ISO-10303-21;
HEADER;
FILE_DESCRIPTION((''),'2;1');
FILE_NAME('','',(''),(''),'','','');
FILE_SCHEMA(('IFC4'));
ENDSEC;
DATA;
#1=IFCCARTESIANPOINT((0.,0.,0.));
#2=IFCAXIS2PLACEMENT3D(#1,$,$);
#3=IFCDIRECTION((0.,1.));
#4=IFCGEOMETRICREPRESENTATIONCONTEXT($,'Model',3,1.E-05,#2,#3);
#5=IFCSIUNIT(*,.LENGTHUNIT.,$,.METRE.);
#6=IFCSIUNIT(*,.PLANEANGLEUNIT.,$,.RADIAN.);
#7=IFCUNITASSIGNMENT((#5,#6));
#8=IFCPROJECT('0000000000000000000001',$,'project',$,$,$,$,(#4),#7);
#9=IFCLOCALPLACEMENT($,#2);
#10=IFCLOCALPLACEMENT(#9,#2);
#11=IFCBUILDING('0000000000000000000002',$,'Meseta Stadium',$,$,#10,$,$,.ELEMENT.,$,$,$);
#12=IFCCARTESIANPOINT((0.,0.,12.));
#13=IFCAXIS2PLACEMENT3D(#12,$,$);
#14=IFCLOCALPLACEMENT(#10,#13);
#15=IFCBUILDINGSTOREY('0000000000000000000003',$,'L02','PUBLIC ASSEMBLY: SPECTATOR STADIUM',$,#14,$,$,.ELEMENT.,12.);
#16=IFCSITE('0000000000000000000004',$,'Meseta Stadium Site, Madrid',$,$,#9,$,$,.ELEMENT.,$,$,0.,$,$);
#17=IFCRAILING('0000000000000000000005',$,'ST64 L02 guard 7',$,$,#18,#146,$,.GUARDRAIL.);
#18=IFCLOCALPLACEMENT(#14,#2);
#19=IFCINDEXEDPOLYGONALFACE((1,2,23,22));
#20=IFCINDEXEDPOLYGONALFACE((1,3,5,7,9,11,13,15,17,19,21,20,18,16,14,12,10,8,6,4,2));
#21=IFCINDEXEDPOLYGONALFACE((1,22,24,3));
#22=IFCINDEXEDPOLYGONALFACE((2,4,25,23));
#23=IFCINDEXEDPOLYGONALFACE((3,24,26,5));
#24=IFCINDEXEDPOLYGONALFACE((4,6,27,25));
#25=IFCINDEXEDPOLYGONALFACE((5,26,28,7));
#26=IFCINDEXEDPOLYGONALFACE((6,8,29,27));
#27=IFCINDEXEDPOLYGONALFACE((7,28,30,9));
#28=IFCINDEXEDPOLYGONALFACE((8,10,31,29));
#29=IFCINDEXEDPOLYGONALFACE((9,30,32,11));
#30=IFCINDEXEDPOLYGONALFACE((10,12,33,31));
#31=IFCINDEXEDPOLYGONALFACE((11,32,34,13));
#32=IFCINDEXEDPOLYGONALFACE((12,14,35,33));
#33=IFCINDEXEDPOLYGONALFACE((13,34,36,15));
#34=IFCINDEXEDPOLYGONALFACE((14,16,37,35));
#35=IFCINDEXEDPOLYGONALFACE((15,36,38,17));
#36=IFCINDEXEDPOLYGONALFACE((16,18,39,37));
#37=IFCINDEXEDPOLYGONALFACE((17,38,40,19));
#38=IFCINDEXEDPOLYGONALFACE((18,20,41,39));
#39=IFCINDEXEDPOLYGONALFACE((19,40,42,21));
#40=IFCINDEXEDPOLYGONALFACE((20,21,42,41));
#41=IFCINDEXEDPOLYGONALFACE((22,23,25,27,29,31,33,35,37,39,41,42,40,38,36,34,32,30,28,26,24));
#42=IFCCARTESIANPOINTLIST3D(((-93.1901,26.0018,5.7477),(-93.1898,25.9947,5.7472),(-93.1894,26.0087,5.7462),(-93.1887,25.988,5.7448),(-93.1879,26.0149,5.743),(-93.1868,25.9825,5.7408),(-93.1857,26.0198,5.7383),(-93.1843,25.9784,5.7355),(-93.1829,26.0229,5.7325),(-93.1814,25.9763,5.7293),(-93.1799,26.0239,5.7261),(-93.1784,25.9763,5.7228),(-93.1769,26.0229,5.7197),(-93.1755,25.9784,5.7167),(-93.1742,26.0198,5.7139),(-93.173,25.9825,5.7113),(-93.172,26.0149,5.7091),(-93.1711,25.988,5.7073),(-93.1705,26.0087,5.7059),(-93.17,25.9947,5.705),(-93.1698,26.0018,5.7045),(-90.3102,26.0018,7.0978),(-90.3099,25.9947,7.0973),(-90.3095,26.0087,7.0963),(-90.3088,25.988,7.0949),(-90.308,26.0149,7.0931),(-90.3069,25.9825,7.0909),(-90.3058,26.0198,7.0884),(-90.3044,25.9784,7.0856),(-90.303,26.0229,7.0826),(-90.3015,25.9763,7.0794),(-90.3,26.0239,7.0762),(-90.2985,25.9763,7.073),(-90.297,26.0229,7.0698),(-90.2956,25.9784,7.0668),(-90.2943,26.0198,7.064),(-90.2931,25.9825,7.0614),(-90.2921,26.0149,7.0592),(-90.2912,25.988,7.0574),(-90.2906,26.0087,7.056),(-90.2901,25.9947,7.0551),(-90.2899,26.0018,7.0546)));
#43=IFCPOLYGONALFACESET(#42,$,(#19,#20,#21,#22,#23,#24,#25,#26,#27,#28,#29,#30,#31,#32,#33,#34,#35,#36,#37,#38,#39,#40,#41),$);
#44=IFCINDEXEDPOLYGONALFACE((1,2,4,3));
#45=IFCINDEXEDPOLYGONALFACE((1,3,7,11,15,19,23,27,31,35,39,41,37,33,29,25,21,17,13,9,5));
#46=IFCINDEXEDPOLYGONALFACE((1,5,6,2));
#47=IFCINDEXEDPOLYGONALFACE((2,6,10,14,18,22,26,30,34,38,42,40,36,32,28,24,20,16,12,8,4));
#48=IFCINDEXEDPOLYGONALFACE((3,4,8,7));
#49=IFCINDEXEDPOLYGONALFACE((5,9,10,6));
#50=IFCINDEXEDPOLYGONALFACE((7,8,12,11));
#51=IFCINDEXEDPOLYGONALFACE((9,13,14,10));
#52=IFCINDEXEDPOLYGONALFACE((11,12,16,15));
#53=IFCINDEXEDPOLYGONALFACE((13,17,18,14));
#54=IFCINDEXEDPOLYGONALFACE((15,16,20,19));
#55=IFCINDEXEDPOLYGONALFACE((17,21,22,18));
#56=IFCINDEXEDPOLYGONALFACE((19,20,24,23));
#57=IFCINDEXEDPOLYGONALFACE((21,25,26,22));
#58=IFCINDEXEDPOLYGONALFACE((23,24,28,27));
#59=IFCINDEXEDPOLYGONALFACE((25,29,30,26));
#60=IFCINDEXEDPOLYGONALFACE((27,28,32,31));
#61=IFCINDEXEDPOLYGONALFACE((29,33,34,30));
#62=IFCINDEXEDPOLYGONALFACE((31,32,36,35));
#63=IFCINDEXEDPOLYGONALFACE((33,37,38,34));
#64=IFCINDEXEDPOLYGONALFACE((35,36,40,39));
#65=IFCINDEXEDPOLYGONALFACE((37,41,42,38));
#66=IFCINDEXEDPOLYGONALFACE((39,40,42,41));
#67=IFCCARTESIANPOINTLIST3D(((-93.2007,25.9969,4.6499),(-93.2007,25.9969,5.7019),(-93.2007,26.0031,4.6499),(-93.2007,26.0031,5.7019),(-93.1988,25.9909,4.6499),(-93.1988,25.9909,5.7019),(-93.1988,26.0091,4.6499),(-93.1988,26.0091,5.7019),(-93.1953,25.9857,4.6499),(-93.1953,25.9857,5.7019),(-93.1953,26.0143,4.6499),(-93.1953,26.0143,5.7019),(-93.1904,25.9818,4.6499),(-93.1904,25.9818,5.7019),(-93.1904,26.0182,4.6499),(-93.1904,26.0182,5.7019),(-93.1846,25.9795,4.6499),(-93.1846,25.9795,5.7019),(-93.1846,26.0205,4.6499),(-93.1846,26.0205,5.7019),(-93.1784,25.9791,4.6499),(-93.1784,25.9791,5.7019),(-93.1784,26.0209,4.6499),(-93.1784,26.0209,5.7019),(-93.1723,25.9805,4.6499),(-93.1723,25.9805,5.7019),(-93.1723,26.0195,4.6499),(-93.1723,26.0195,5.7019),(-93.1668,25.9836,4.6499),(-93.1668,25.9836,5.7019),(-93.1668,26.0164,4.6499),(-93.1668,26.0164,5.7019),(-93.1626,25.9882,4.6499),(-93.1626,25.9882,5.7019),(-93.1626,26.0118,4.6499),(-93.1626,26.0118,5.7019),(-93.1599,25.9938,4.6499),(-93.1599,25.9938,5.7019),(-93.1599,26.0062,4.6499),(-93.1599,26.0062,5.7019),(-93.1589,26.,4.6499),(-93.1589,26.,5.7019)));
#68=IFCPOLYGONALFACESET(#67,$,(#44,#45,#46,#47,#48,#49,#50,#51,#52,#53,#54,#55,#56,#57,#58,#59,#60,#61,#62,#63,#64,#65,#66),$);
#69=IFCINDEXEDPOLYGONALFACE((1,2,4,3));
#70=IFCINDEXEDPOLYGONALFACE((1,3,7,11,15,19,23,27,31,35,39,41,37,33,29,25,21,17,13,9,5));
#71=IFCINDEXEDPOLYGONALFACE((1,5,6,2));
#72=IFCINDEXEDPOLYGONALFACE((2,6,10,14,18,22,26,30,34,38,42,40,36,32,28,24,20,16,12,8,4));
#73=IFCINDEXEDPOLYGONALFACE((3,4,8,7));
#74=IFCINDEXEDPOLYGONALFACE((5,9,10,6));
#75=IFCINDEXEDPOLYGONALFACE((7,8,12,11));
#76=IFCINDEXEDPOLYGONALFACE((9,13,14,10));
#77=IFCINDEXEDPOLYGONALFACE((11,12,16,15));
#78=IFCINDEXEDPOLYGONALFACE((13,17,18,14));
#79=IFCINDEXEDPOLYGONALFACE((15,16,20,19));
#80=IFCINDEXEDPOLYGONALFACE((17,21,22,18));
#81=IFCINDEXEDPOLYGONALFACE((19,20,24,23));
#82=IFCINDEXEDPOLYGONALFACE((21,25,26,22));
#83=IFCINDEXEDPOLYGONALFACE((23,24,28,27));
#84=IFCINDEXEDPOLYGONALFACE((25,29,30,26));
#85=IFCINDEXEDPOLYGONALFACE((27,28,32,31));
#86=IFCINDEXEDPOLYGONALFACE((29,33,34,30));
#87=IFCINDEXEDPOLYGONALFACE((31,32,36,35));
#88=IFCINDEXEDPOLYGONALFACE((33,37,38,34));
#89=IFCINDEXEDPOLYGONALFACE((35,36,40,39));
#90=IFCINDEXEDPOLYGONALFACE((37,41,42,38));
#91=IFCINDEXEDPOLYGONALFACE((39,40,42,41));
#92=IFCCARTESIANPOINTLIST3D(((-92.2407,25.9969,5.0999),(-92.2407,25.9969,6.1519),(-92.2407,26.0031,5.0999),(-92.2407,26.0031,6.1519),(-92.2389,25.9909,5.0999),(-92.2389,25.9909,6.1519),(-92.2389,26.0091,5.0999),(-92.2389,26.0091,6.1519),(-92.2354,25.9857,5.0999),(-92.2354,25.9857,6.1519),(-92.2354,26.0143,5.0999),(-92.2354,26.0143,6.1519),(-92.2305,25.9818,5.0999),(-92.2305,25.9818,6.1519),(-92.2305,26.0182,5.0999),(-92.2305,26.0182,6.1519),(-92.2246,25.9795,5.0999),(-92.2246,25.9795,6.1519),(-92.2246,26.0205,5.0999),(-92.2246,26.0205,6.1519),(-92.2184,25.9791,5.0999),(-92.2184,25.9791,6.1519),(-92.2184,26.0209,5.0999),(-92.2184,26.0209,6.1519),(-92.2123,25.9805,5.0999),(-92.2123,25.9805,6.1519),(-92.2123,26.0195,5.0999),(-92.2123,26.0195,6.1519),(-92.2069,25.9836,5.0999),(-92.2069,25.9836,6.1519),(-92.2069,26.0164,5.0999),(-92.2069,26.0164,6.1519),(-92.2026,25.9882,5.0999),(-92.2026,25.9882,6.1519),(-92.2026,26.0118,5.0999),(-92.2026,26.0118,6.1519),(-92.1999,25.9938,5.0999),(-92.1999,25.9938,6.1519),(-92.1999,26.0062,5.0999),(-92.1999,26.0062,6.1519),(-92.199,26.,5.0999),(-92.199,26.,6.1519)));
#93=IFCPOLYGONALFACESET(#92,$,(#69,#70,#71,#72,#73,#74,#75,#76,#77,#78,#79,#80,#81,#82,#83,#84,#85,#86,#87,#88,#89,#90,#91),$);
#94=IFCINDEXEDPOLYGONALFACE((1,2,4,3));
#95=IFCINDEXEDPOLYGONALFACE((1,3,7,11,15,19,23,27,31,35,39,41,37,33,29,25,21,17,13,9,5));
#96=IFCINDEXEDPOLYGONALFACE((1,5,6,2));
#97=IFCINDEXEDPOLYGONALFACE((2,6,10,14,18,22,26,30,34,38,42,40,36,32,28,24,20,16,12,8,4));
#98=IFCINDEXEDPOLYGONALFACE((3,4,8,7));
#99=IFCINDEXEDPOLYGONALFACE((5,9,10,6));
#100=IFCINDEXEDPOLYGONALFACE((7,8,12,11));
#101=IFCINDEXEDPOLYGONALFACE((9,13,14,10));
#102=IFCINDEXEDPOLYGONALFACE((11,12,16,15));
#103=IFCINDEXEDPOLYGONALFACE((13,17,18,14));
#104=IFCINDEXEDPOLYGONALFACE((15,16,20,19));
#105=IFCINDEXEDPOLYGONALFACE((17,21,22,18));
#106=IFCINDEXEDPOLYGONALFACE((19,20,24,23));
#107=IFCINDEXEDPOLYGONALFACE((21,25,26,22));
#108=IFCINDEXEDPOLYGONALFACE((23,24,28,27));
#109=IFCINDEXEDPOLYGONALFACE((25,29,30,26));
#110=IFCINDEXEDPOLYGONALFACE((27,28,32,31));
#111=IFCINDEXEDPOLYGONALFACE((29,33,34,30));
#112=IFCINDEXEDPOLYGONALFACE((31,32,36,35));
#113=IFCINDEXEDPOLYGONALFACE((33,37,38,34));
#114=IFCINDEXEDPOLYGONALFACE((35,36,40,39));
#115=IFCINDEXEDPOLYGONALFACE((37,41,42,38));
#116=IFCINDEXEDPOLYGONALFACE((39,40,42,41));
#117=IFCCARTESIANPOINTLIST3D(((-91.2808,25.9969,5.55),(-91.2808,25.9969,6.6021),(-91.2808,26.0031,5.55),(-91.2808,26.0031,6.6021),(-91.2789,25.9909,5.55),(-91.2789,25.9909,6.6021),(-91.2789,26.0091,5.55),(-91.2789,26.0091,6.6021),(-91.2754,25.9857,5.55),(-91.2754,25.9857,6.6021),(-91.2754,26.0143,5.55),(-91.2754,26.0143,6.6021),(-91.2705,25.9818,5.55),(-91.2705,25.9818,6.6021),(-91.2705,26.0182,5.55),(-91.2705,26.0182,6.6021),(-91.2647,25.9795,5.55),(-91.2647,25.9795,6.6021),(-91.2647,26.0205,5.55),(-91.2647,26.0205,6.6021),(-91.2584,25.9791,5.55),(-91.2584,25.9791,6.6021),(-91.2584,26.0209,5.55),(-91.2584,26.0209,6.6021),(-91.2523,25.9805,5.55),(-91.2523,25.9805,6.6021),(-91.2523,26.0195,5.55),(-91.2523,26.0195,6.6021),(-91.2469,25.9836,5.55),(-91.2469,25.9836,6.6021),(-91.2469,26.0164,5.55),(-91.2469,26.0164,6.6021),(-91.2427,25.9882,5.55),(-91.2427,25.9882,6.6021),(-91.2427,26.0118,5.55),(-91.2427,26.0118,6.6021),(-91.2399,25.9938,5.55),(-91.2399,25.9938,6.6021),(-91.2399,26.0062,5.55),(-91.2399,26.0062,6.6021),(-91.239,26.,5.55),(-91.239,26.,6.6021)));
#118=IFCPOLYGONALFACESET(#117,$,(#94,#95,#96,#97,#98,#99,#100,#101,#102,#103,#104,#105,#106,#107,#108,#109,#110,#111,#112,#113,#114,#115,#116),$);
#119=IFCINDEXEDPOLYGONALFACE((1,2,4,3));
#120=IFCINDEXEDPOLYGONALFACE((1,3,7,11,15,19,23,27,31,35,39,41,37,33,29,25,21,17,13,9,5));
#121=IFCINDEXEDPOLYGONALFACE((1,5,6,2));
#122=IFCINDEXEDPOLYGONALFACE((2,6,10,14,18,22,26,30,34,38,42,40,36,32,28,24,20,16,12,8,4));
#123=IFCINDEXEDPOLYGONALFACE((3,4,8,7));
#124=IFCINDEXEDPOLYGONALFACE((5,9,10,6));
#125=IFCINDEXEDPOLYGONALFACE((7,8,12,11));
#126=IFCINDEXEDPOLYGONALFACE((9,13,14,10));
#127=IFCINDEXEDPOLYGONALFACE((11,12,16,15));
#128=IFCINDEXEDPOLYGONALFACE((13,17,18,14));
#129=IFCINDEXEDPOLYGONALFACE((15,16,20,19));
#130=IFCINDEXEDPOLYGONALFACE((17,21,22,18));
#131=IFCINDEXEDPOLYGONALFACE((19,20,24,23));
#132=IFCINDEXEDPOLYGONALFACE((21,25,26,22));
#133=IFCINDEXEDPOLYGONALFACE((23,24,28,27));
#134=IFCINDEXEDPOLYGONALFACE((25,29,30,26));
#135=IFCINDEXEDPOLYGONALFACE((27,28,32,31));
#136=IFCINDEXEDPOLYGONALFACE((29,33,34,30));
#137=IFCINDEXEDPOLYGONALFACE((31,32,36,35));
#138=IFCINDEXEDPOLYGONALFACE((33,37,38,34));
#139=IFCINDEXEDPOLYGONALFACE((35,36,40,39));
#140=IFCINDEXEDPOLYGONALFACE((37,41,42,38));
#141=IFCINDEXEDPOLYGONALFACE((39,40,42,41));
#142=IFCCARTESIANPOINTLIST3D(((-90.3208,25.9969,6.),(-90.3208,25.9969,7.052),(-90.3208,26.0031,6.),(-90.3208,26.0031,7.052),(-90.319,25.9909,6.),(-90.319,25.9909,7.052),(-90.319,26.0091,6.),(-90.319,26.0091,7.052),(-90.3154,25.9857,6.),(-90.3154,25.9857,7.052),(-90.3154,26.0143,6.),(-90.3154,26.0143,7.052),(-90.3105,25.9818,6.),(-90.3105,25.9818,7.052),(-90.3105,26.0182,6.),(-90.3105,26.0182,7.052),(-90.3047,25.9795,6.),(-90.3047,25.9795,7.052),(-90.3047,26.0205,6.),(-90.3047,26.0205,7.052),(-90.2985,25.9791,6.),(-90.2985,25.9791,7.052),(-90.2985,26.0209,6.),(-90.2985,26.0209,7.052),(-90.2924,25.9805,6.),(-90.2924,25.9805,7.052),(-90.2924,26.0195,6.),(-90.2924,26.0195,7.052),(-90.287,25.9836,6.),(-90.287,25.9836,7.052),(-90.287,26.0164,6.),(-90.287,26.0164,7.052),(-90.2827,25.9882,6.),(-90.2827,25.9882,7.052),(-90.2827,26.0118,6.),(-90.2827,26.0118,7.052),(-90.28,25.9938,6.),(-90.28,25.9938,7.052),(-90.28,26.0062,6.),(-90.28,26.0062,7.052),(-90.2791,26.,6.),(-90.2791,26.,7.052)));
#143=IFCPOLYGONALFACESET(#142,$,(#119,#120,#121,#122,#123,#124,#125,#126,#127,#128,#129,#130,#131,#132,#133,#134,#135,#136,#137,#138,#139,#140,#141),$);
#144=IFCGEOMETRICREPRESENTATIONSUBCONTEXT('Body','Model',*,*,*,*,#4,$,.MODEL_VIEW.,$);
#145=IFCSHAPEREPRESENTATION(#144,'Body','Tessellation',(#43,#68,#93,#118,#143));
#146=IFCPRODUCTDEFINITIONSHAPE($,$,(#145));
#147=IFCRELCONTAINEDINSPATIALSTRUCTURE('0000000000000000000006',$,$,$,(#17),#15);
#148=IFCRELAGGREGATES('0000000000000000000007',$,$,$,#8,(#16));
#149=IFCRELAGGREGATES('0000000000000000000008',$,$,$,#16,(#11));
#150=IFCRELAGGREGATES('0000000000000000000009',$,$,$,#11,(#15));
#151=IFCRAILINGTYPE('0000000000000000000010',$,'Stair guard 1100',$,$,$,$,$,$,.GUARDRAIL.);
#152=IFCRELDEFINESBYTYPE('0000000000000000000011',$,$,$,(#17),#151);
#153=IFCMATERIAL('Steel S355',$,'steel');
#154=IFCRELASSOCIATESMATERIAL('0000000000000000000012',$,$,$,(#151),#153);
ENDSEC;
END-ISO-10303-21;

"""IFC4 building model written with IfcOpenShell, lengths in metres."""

from ifc_helpers import new_model, si_unit, direction, frame, origin, origin_2d, place, context, subcontext, project, spatial, circle, extrude, material, type_object, element, save


model = new_model("IFC4")

# Units and contexts
model_context = context("Model", 3, precision=1e-05, world=origin(), true_north=direction((0.0, 1.0)))
body_context = subcontext(model_context, "Body", "Model", "MODEL_VIEW")
ifc_project = project(units=[si_unit("LENGTHUNIT", "METRE"), si_unit("PLANEANGLEUNIT", "RADIAN")], contexts=[model_context])

# Site, building, storey
site_placement = place(None, origin())
site = spatial("IfcSite", under=ifc_project, at=site_placement, Name="Meseta Stadium Site, Madrid", CompositionType="ELEMENT", RefElevation=0.0)
building_placement = place(site_placement, origin())
building = spatial("IfcBuilding", under=site, at=building_placement, Name="Meseta Stadium", CompositionType="ELEMENT")
storey_placement = place(building_placement, frame((0.0, 0.0, 12.0)))
storey = spatial("IfcBuildingStorey", under=building, at=storey_placement, Name="L02", Description="PUBLIC ASSEMBLY: SPECTATOR STADIUM", CompositionType="ELEMENT", Elevation=12.0)

# Railing
ifc_material_1 = material(Name="Steel S355", Category="steel")
railing_type_1 = type_object("IfcRailingType", Name="Stair guard 1100", PredefinedType="GUARDRAIL", material=ifc_material_1)
railing_1_placement = place(storey_placement, frame((-93.1799, 26.0, 4.6499)))
element("IfcRailing", 1, at=railing_1_placement, inside=storey, type_object=railing_type_1, Name="ST64 L02 guard 7", PredefinedType="GUARDRAIL", context=body_context, shape_type="SweptSolid", body=[
    extrude(circle(Radius=0.0239, at=origin_2d()), frame((0.0, 0.0, 1.0762), z_axis=(0.90544, 0.0, 0.424473), x_axis=(0.0, 1.0, 0.0)), (0.0, 0.0, 1.0), 3.1807),
    extrude(circle(Radius=0.021, at=origin_2d()), origin(), (0.0, 0.0, 1.0), 1.052),
    extrude(circle(Radius=0.021, at=origin_2d()), frame((0.96, 0.0, 0.45)), (0.0, 0.0, 1.0), 1.052),
    extrude(circle(Radius=0.021, at=origin_2d()), frame((1.9199, 0.0, 0.9001)), (0.0, 0.0, 1.0), 1.052),
    extrude(circle(Radius=0.021, at=origin_2d()), frame((2.8799, 0.0, 1.3501)), (0.0, 0.0, 1.0), 1.052),
])

save(model, "model.ifc")
